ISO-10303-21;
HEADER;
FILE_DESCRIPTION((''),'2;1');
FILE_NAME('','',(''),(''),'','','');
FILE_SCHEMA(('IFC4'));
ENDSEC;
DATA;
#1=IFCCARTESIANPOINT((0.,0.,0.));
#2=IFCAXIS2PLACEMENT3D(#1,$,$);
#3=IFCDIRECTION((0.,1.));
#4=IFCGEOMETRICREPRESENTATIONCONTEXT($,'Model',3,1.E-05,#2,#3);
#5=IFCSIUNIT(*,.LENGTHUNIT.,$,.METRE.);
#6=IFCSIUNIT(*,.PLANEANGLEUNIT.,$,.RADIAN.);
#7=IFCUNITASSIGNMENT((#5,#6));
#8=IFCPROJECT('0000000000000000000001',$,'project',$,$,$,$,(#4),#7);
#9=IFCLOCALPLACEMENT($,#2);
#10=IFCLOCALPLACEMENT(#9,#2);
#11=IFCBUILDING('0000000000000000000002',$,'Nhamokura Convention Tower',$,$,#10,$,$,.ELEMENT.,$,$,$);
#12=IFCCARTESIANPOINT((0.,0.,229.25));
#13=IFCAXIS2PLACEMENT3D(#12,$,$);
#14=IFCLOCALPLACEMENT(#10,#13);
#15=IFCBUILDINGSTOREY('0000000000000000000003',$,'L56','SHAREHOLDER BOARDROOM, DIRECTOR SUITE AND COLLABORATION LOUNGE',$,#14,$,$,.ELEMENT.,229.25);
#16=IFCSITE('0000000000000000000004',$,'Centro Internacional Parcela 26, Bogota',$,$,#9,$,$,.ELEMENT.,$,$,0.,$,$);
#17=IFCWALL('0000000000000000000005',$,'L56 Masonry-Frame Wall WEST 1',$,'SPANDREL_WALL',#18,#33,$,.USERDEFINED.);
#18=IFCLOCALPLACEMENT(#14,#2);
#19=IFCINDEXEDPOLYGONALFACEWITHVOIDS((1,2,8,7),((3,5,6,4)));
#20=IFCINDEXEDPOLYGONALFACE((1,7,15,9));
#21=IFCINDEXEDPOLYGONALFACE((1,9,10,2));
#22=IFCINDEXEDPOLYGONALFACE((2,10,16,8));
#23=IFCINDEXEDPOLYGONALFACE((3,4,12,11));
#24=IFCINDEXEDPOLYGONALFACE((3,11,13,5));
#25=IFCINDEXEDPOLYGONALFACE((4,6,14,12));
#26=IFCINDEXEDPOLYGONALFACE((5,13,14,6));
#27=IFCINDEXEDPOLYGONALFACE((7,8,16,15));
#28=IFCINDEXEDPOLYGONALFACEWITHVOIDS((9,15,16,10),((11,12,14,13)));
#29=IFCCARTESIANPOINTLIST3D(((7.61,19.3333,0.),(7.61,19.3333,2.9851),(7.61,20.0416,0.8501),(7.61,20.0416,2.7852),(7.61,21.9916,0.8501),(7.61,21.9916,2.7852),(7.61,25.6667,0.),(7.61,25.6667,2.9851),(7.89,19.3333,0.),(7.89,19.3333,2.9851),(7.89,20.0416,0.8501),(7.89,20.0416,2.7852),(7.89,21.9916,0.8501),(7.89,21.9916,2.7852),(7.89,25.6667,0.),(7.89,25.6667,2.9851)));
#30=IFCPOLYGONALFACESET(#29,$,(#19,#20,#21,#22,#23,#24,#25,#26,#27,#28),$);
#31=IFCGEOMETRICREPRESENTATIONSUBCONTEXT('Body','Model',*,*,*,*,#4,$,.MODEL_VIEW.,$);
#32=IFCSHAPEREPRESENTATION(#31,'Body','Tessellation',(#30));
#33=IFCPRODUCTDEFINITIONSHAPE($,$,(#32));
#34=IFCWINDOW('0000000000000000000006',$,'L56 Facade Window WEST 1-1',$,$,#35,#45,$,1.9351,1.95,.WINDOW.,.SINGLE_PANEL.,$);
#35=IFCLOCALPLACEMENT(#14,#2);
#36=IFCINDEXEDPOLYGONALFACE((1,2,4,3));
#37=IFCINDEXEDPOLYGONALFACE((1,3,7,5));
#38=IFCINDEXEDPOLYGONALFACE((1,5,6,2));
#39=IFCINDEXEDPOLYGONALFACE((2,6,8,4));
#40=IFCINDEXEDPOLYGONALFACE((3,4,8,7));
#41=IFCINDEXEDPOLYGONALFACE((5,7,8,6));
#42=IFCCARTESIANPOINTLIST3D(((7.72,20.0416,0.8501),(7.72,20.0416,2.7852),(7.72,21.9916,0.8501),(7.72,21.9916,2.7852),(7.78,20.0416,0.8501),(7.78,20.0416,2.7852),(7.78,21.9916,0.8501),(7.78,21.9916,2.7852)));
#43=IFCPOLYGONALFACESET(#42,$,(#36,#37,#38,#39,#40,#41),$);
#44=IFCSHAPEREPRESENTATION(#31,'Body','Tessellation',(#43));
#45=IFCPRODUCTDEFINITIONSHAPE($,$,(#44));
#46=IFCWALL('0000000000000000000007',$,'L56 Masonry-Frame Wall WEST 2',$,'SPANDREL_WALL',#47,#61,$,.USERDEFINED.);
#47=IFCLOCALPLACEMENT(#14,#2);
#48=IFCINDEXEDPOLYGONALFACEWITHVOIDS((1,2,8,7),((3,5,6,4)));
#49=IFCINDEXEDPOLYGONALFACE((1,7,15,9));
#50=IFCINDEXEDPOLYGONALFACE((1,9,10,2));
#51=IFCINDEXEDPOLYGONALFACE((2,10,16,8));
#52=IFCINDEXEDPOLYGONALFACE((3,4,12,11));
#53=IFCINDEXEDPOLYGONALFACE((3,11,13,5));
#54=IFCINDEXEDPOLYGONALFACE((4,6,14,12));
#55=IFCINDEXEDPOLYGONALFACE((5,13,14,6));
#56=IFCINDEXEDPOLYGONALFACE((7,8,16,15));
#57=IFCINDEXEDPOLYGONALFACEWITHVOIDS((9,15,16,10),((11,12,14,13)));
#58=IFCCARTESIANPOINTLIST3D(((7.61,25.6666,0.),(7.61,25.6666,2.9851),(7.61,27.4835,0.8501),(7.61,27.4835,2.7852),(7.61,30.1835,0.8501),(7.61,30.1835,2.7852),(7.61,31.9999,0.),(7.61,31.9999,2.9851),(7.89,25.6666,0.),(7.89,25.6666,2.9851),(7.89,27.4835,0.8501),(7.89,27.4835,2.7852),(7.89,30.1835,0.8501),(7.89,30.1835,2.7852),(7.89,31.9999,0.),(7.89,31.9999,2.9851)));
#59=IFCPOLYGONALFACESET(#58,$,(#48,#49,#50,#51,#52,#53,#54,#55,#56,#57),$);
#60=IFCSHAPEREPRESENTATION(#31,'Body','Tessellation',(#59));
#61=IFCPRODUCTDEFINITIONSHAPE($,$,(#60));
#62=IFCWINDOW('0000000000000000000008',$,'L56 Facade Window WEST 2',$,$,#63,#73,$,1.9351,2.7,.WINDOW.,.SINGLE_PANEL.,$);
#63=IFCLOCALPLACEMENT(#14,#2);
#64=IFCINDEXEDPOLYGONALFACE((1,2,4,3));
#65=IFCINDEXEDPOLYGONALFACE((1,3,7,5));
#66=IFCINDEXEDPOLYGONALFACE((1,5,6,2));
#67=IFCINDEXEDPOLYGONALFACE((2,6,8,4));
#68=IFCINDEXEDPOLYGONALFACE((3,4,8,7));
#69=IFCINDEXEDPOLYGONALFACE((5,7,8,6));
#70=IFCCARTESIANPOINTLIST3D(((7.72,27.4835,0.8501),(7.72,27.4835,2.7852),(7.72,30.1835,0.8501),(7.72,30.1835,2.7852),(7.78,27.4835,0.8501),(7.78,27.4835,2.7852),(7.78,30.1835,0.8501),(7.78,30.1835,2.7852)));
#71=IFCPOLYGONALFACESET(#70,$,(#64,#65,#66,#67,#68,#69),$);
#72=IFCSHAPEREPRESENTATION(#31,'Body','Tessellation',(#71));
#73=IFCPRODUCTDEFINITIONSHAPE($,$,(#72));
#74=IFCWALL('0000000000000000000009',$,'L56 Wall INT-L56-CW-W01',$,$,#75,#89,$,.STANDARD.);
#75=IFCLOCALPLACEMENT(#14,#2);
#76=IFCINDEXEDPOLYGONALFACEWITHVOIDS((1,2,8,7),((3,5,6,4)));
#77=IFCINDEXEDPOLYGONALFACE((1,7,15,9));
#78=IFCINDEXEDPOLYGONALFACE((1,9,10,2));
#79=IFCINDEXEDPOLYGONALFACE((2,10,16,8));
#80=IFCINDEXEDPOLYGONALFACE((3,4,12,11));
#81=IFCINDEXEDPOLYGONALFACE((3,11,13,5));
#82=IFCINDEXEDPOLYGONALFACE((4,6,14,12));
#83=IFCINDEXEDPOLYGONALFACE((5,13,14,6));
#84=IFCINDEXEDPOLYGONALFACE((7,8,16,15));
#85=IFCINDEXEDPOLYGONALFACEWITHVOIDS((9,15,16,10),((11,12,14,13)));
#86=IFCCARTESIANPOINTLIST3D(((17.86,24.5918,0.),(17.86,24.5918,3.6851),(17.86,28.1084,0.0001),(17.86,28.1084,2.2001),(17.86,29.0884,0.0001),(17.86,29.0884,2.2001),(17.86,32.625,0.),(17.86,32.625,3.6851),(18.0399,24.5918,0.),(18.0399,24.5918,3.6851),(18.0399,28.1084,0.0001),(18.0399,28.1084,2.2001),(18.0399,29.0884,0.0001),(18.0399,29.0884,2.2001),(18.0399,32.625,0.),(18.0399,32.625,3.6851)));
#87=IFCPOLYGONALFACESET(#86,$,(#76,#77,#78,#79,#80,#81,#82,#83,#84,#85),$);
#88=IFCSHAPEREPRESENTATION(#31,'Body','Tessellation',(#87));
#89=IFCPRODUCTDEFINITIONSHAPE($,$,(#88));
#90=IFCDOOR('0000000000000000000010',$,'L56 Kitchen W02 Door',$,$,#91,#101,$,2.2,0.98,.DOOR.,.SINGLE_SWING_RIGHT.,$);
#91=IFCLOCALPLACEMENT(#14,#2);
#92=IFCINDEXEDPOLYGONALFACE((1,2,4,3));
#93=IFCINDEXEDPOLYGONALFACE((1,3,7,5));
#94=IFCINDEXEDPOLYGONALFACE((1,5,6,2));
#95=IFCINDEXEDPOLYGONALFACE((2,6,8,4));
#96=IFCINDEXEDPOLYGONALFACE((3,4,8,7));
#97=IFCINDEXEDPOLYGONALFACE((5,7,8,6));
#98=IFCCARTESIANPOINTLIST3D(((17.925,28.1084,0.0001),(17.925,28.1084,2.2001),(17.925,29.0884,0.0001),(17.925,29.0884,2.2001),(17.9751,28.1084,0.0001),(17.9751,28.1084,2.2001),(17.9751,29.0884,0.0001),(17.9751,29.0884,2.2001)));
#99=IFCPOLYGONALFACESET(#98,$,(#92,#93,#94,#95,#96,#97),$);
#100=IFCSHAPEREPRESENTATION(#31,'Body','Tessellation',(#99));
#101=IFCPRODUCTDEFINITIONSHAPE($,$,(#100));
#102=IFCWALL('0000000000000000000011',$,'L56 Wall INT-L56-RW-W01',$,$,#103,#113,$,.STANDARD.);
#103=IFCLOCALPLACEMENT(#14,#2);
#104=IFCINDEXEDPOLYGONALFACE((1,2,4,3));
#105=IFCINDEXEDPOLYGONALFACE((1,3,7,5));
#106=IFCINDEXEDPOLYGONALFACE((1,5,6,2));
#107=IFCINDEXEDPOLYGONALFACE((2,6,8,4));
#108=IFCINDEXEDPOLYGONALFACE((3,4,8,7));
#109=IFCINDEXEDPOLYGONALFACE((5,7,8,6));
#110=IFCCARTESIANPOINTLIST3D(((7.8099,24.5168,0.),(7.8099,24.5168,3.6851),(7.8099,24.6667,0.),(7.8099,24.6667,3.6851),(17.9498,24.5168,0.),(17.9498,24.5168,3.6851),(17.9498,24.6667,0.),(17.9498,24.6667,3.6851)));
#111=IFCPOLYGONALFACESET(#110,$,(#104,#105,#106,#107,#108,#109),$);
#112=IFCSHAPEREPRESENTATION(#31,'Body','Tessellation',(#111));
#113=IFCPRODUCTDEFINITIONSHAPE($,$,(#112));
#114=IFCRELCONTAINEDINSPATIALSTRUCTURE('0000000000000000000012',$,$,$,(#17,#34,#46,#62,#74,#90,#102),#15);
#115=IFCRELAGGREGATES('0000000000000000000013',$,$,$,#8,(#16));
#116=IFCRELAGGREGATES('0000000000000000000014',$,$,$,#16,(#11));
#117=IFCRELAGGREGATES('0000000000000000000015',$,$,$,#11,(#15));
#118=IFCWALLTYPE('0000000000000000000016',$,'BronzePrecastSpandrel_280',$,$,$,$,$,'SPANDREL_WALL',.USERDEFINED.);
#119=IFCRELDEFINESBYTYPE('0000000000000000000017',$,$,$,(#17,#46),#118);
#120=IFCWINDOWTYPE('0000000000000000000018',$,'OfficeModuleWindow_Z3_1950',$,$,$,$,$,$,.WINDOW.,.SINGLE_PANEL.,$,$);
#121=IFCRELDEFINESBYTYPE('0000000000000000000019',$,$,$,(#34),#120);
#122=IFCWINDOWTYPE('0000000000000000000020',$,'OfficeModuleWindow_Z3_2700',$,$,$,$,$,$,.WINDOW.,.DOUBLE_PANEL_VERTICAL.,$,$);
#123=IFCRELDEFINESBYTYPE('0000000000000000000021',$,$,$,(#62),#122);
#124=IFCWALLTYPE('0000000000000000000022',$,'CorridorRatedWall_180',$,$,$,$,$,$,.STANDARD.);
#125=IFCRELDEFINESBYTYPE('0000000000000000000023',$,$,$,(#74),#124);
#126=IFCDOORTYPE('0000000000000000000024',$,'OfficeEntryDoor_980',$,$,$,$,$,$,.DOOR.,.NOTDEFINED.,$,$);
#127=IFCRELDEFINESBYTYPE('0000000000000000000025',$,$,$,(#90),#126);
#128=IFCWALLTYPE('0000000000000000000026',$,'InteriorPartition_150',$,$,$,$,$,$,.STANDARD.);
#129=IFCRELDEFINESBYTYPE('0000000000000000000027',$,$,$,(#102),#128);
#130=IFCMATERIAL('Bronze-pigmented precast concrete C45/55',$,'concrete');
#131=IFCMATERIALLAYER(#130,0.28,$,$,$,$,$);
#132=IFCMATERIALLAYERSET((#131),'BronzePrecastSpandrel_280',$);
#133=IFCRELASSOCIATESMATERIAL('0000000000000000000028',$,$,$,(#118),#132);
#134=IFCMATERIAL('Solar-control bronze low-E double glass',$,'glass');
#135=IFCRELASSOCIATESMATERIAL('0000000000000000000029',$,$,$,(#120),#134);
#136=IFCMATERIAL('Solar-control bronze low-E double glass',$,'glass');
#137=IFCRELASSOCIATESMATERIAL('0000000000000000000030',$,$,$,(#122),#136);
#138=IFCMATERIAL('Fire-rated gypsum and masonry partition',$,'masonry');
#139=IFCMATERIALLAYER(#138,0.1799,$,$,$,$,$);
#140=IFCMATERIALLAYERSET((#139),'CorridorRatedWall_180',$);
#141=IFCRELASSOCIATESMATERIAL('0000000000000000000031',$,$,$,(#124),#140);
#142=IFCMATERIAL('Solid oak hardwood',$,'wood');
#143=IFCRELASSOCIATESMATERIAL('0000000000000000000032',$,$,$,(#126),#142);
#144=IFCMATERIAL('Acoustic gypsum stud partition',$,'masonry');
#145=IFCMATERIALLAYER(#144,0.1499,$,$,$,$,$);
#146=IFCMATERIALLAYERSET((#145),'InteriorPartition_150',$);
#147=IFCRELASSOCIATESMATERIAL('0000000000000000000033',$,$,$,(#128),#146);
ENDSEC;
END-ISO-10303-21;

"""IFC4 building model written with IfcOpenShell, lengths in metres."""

from ifc_helpers import new_model, si_unit, direction, frame, frame_2d, origin, place, context, subcontext, project, spatial, rectangle, extrude, material, layer, layer_set, type_object, element, fill, save


model = new_model("IFC4")

# Units and contexts
model_context = context("Model", 3, precision=1e-05, world=origin(), true_north=direction((0.0, 1.0)))
body_context = subcontext(model_context, "Body", "Model", "MODEL_VIEW")
ifc_project = project(units=[si_unit("LENGTHUNIT", "METRE"), si_unit("PLANEANGLEUNIT", "RADIAN")], contexts=[model_context])

# Site, building, storey
site_placement = place(None, origin())
site = spatial("IfcSite", under=ifc_project, at=site_placement, Name="Centro Internacional Parcela 26, Bogota", CompositionType="ELEMENT", RefElevation=0.0)
building_placement = place(site_placement, origin())
building = spatial("IfcBuilding", under=site, at=building_placement, Name="Nhamokura Convention Tower", CompositionType="ELEMENT")
storey_placement = place(building_placement, frame((0.0, 0.0, 229.25)))
storey = spatial("IfcBuildingStorey", under=building, at=storey_placement, Name="L56", Description="SHAREHOLDER BOARDROOM, DIRECTOR SUITE AND COLLABORATION LOUNGE", CompositionType="ELEMENT", Elevation=229.25)

# Walls, openings, windows
ifc_material_1 = material(Name="Bronze-pigmented precast concrete C45/55", Category="concrete")
ifc_layer_1 = layer(ifc_material_1, 0.28)
ifc_layer_set_1 = layer_set([ifc_layer_1], Name="BronzePrecastSpandrel_280")
wall_type_1 = type_object("IfcWallType", Name="BronzePrecastSpandrel_280", ElementType="SPANDREL_WALL", PredefinedType="USERDEFINED", material=ifc_layer_set_1)
wall_1_placement = place(storey_placement, frame((7.75, 19.3333, 0.0), z_axis=(0.0, 0.0, 1.0), x_axis=(0.0, 1.0, 0.0)))
wall_1 = element("IfcWall", 1, at=wall_1_placement, inside=storey, type_object=wall_type_1, Name="L56 Masonry-Frame Wall WEST 1", ObjectType="SPANDREL_WALL", PredefinedType="USERDEFINED", context=body_context, shape_type="SweptSolid", body=[
    extrude(rectangle(XDim=6.3335, YDim=0.28, at=frame_2d((3.1667, 0.0))), origin(), (0.0, 0.0, 1.0), 2.9851),
])
opening_1_placement = place(wall_1_placement, frame((0.7083, 0.0, 0.8501)))
opening_1 = element("IfcOpeningElement", 2, at=opening_1_placement, cuts=wall_1, PredefinedType="OPENING", context=body_context, shape_type="SweptSolid", body=[
    extrude(rectangle(XDim=1.95, YDim=1.9351, at=frame_2d((0.9751, 0.9675))), frame((0.0, 0.1499, 0.0), z_axis=(0.0, -1.0, 0.0), x_axis=(1.0, 0.0, 0.0)), (0.0, 0.0, 1.0), 0.3),
])
ifc_material_2 = material(Name="Solar-control bronze low-E double glass", Category="glass")
window_type_1 = type_object("IfcWindowType", Name="OfficeModuleWindow_Z3_1950", PartitioningType="SINGLE_PANEL", PredefinedType="WINDOW", material=ifc_material_2)
window_1_placement = place(opening_1_placement, origin())
window_1 = element("IfcWindow", 3, at=window_1_placement, inside=storey, type_object=window_type_1, Name="L56 Facade Window WEST 1-1", OverallHeight=1.9351, OverallWidth=1.95, PartitioningType="SINGLE_PANEL", PredefinedType="WINDOW", context=body_context, shape_type="SweptSolid", body=[
    extrude(rectangle(XDim=1.95, YDim=1.9351, at=frame_2d((0.9751, 0.9675))), frame((0.0, 0.03, 0.0), z_axis=(0.0, -1.0, 0.0), x_axis=(1.0, 0.0, 0.0)), (0.0, 0.0, 1.0), 0.0601),
])
fill(opening_1, window_1)
wall_2_placement = place(storey_placement, frame((7.75, 25.6667, 0.0), z_axis=(0.0, 0.0, 1.0), x_axis=(0.0, 1.0, 0.0)))
wall_2 = element("IfcWall", 4, at=wall_2_placement, inside=storey, type_object=wall_type_1, Name="L56 Masonry-Frame Wall WEST 2", ObjectType="SPANDREL_WALL", PredefinedType="USERDEFINED", context=body_context, shape_type="SweptSolid", body=[
    extrude(rectangle(XDim=6.3333, YDim=0.28, at=frame_2d((3.1665, 0.0))), origin(), (0.0, 0.0, 1.0), 2.9851),
])
opening_2_placement = place(wall_2_placement, frame((1.8167, 0.0, 0.8501)))
opening_2 = element("IfcOpeningElement", 5, at=opening_2_placement, cuts=wall_2, PredefinedType="OPENING", context=body_context, shape_type="SweptSolid", body=[
    extrude(rectangle(XDim=2.7, YDim=1.9351, at=frame_2d((1.3501, 0.9675))), frame((0.0, 0.1499, 0.0), z_axis=(0.0, -1.0, 0.0), x_axis=(1.0, 0.0, 0.0)), (0.0, 0.0, 1.0), 0.3),
])
ifc_material_3 = material(Name="Solar-control bronze low-E double glass", Category="glass")
window_type_2 = type_object("IfcWindowType", Name="OfficeModuleWindow_Z3_2700", PartitioningType="DOUBLE_PANEL_VERTICAL", PredefinedType="WINDOW", material=ifc_material_3)
window_2_placement = place(opening_2_placement, origin())
window_2 = element("IfcWindow", 6, at=window_2_placement, inside=storey, type_object=window_type_2, Name="L56 Facade Window WEST 2", OverallHeight=1.9351, OverallWidth=2.7, PartitioningType="SINGLE_PANEL", PredefinedType="WINDOW", context=body_context, shape_type="SweptSolid", body=[
    extrude(rectangle(XDim=2.7, YDim=1.9351, at=frame_2d((1.3501, 0.9675))), frame((0.0, 0.03, 0.0), z_axis=(0.0, -1.0, 0.0), x_axis=(1.0, 0.0, 0.0)), (0.0, 0.0, 1.0), 0.0601),
])
fill(opening_2, window_2)

# Wall, opening, door
ifc_material_4 = material(Name="Fire-rated gypsum and masonry partition", Category="masonry")
ifc_layer_2 = layer(ifc_material_4, 0.1799)
ifc_layer_set_2 = layer_set([ifc_layer_2], Name="CorridorRatedWall_180")
wall_type_2 = type_object("IfcWallType", Name="CorridorRatedWall_180", PredefinedType="STANDARD", material=ifc_layer_set_2)
wall_3_placement = place(storey_placement, frame((17.95, 24.5918, 0.0), z_axis=(0.0, 0.0, 1.0), x_axis=(0.0, 1.0, 0.0)))
wall_3 = element("IfcWall", 7, at=wall_3_placement, inside=storey, type_object=wall_type_2, Name="L56 Wall INT-L56-CW-W01", PredefinedType="STANDARD", context=body_context, shape_type="SweptSolid", body=[
    extrude(rectangle(XDim=8.0332, YDim=0.1799, at=frame_2d((4.0166, 0.0))), origin(), (0.0, 0.0, 1.0), 3.6851),
])
opening_3_placement = place(wall_3_placement, frame((3.5166, 0.0, 0.0)))
opening_3 = element("IfcOpeningElement", 8, at=opening_3_placement, cuts=wall_3, PredefinedType="OPENING", context=body_context, shape_type="SweptSolid", body=[
    extrude(rectangle(XDim=0.98, YDim=2.2, at=frame_2d((0.49, 1.1001))), frame((0.0, 0.0999, 0.0), z_axis=(0.0, -1.0, 0.0), x_axis=(1.0, 0.0, 0.0)), (0.0, 0.0, 1.0), 0.2),
])
ifc_material_5 = material(Name="Solid oak hardwood", Category="wood")
door_type = type_object("IfcDoorType", Name="OfficeEntryDoor_980", OperationType="NOTDEFINED", PredefinedType="DOOR", material=ifc_material_5)
door_placement = place(opening_3_placement, origin())
door = element("IfcDoor", 9, at=door_placement, inside=storey, type_object=door_type, Name="L56 Kitchen W02 Door", OperationType="SINGLE_SWING_RIGHT", OverallHeight=2.2, OverallWidth=0.98, PredefinedType="DOOR", context=body_context, shape_type="SweptSolid", body=[
    extrude(rectangle(XDim=0.98, YDim=2.2, at=frame_2d((0.49, 1.1001))), frame((0.0, 0.0249, 0.0), z_axis=(0.0, -1.0, 0.0), x_axis=(1.0, 0.0, 0.0)), (0.0, 0.0, 1.0), 0.05),
])
fill(opening_3, door)

# Wall
ifc_material_6 = material(Name="Acoustic gypsum stud partition", Category="masonry")
ifc_layer_3 = layer(ifc_material_6, 0.1499)
ifc_layer_set_3 = layer_set([ifc_layer_3], Name="InteriorPartition_150")
wall_type_3 = type_object("IfcWallType", Name="InteriorPartition_150", PredefinedType="STANDARD", material=ifc_layer_set_3)
wall_4_placement = place(storey_placement, frame((7.8101, 24.5918, 0.0), z_axis=(0.0, 0.0, 1.0), x_axis=(1.0, 0.0, 0.0)))
element("IfcWall", 10, at=wall_4_placement, inside=storey, type_object=wall_type_3, Name="L56 Wall INT-L56-RW-W01", PredefinedType="STANDARD", context=body_context, shape_type="SweptSolid", body=[
    extrude(rectangle(XDim=10.1399, YDim=0.1499, at=frame_2d((5.0698, 0.0))), origin(), (0.0, 0.0, 1.0), 3.6851),
])

save(model, "model.ifc")
